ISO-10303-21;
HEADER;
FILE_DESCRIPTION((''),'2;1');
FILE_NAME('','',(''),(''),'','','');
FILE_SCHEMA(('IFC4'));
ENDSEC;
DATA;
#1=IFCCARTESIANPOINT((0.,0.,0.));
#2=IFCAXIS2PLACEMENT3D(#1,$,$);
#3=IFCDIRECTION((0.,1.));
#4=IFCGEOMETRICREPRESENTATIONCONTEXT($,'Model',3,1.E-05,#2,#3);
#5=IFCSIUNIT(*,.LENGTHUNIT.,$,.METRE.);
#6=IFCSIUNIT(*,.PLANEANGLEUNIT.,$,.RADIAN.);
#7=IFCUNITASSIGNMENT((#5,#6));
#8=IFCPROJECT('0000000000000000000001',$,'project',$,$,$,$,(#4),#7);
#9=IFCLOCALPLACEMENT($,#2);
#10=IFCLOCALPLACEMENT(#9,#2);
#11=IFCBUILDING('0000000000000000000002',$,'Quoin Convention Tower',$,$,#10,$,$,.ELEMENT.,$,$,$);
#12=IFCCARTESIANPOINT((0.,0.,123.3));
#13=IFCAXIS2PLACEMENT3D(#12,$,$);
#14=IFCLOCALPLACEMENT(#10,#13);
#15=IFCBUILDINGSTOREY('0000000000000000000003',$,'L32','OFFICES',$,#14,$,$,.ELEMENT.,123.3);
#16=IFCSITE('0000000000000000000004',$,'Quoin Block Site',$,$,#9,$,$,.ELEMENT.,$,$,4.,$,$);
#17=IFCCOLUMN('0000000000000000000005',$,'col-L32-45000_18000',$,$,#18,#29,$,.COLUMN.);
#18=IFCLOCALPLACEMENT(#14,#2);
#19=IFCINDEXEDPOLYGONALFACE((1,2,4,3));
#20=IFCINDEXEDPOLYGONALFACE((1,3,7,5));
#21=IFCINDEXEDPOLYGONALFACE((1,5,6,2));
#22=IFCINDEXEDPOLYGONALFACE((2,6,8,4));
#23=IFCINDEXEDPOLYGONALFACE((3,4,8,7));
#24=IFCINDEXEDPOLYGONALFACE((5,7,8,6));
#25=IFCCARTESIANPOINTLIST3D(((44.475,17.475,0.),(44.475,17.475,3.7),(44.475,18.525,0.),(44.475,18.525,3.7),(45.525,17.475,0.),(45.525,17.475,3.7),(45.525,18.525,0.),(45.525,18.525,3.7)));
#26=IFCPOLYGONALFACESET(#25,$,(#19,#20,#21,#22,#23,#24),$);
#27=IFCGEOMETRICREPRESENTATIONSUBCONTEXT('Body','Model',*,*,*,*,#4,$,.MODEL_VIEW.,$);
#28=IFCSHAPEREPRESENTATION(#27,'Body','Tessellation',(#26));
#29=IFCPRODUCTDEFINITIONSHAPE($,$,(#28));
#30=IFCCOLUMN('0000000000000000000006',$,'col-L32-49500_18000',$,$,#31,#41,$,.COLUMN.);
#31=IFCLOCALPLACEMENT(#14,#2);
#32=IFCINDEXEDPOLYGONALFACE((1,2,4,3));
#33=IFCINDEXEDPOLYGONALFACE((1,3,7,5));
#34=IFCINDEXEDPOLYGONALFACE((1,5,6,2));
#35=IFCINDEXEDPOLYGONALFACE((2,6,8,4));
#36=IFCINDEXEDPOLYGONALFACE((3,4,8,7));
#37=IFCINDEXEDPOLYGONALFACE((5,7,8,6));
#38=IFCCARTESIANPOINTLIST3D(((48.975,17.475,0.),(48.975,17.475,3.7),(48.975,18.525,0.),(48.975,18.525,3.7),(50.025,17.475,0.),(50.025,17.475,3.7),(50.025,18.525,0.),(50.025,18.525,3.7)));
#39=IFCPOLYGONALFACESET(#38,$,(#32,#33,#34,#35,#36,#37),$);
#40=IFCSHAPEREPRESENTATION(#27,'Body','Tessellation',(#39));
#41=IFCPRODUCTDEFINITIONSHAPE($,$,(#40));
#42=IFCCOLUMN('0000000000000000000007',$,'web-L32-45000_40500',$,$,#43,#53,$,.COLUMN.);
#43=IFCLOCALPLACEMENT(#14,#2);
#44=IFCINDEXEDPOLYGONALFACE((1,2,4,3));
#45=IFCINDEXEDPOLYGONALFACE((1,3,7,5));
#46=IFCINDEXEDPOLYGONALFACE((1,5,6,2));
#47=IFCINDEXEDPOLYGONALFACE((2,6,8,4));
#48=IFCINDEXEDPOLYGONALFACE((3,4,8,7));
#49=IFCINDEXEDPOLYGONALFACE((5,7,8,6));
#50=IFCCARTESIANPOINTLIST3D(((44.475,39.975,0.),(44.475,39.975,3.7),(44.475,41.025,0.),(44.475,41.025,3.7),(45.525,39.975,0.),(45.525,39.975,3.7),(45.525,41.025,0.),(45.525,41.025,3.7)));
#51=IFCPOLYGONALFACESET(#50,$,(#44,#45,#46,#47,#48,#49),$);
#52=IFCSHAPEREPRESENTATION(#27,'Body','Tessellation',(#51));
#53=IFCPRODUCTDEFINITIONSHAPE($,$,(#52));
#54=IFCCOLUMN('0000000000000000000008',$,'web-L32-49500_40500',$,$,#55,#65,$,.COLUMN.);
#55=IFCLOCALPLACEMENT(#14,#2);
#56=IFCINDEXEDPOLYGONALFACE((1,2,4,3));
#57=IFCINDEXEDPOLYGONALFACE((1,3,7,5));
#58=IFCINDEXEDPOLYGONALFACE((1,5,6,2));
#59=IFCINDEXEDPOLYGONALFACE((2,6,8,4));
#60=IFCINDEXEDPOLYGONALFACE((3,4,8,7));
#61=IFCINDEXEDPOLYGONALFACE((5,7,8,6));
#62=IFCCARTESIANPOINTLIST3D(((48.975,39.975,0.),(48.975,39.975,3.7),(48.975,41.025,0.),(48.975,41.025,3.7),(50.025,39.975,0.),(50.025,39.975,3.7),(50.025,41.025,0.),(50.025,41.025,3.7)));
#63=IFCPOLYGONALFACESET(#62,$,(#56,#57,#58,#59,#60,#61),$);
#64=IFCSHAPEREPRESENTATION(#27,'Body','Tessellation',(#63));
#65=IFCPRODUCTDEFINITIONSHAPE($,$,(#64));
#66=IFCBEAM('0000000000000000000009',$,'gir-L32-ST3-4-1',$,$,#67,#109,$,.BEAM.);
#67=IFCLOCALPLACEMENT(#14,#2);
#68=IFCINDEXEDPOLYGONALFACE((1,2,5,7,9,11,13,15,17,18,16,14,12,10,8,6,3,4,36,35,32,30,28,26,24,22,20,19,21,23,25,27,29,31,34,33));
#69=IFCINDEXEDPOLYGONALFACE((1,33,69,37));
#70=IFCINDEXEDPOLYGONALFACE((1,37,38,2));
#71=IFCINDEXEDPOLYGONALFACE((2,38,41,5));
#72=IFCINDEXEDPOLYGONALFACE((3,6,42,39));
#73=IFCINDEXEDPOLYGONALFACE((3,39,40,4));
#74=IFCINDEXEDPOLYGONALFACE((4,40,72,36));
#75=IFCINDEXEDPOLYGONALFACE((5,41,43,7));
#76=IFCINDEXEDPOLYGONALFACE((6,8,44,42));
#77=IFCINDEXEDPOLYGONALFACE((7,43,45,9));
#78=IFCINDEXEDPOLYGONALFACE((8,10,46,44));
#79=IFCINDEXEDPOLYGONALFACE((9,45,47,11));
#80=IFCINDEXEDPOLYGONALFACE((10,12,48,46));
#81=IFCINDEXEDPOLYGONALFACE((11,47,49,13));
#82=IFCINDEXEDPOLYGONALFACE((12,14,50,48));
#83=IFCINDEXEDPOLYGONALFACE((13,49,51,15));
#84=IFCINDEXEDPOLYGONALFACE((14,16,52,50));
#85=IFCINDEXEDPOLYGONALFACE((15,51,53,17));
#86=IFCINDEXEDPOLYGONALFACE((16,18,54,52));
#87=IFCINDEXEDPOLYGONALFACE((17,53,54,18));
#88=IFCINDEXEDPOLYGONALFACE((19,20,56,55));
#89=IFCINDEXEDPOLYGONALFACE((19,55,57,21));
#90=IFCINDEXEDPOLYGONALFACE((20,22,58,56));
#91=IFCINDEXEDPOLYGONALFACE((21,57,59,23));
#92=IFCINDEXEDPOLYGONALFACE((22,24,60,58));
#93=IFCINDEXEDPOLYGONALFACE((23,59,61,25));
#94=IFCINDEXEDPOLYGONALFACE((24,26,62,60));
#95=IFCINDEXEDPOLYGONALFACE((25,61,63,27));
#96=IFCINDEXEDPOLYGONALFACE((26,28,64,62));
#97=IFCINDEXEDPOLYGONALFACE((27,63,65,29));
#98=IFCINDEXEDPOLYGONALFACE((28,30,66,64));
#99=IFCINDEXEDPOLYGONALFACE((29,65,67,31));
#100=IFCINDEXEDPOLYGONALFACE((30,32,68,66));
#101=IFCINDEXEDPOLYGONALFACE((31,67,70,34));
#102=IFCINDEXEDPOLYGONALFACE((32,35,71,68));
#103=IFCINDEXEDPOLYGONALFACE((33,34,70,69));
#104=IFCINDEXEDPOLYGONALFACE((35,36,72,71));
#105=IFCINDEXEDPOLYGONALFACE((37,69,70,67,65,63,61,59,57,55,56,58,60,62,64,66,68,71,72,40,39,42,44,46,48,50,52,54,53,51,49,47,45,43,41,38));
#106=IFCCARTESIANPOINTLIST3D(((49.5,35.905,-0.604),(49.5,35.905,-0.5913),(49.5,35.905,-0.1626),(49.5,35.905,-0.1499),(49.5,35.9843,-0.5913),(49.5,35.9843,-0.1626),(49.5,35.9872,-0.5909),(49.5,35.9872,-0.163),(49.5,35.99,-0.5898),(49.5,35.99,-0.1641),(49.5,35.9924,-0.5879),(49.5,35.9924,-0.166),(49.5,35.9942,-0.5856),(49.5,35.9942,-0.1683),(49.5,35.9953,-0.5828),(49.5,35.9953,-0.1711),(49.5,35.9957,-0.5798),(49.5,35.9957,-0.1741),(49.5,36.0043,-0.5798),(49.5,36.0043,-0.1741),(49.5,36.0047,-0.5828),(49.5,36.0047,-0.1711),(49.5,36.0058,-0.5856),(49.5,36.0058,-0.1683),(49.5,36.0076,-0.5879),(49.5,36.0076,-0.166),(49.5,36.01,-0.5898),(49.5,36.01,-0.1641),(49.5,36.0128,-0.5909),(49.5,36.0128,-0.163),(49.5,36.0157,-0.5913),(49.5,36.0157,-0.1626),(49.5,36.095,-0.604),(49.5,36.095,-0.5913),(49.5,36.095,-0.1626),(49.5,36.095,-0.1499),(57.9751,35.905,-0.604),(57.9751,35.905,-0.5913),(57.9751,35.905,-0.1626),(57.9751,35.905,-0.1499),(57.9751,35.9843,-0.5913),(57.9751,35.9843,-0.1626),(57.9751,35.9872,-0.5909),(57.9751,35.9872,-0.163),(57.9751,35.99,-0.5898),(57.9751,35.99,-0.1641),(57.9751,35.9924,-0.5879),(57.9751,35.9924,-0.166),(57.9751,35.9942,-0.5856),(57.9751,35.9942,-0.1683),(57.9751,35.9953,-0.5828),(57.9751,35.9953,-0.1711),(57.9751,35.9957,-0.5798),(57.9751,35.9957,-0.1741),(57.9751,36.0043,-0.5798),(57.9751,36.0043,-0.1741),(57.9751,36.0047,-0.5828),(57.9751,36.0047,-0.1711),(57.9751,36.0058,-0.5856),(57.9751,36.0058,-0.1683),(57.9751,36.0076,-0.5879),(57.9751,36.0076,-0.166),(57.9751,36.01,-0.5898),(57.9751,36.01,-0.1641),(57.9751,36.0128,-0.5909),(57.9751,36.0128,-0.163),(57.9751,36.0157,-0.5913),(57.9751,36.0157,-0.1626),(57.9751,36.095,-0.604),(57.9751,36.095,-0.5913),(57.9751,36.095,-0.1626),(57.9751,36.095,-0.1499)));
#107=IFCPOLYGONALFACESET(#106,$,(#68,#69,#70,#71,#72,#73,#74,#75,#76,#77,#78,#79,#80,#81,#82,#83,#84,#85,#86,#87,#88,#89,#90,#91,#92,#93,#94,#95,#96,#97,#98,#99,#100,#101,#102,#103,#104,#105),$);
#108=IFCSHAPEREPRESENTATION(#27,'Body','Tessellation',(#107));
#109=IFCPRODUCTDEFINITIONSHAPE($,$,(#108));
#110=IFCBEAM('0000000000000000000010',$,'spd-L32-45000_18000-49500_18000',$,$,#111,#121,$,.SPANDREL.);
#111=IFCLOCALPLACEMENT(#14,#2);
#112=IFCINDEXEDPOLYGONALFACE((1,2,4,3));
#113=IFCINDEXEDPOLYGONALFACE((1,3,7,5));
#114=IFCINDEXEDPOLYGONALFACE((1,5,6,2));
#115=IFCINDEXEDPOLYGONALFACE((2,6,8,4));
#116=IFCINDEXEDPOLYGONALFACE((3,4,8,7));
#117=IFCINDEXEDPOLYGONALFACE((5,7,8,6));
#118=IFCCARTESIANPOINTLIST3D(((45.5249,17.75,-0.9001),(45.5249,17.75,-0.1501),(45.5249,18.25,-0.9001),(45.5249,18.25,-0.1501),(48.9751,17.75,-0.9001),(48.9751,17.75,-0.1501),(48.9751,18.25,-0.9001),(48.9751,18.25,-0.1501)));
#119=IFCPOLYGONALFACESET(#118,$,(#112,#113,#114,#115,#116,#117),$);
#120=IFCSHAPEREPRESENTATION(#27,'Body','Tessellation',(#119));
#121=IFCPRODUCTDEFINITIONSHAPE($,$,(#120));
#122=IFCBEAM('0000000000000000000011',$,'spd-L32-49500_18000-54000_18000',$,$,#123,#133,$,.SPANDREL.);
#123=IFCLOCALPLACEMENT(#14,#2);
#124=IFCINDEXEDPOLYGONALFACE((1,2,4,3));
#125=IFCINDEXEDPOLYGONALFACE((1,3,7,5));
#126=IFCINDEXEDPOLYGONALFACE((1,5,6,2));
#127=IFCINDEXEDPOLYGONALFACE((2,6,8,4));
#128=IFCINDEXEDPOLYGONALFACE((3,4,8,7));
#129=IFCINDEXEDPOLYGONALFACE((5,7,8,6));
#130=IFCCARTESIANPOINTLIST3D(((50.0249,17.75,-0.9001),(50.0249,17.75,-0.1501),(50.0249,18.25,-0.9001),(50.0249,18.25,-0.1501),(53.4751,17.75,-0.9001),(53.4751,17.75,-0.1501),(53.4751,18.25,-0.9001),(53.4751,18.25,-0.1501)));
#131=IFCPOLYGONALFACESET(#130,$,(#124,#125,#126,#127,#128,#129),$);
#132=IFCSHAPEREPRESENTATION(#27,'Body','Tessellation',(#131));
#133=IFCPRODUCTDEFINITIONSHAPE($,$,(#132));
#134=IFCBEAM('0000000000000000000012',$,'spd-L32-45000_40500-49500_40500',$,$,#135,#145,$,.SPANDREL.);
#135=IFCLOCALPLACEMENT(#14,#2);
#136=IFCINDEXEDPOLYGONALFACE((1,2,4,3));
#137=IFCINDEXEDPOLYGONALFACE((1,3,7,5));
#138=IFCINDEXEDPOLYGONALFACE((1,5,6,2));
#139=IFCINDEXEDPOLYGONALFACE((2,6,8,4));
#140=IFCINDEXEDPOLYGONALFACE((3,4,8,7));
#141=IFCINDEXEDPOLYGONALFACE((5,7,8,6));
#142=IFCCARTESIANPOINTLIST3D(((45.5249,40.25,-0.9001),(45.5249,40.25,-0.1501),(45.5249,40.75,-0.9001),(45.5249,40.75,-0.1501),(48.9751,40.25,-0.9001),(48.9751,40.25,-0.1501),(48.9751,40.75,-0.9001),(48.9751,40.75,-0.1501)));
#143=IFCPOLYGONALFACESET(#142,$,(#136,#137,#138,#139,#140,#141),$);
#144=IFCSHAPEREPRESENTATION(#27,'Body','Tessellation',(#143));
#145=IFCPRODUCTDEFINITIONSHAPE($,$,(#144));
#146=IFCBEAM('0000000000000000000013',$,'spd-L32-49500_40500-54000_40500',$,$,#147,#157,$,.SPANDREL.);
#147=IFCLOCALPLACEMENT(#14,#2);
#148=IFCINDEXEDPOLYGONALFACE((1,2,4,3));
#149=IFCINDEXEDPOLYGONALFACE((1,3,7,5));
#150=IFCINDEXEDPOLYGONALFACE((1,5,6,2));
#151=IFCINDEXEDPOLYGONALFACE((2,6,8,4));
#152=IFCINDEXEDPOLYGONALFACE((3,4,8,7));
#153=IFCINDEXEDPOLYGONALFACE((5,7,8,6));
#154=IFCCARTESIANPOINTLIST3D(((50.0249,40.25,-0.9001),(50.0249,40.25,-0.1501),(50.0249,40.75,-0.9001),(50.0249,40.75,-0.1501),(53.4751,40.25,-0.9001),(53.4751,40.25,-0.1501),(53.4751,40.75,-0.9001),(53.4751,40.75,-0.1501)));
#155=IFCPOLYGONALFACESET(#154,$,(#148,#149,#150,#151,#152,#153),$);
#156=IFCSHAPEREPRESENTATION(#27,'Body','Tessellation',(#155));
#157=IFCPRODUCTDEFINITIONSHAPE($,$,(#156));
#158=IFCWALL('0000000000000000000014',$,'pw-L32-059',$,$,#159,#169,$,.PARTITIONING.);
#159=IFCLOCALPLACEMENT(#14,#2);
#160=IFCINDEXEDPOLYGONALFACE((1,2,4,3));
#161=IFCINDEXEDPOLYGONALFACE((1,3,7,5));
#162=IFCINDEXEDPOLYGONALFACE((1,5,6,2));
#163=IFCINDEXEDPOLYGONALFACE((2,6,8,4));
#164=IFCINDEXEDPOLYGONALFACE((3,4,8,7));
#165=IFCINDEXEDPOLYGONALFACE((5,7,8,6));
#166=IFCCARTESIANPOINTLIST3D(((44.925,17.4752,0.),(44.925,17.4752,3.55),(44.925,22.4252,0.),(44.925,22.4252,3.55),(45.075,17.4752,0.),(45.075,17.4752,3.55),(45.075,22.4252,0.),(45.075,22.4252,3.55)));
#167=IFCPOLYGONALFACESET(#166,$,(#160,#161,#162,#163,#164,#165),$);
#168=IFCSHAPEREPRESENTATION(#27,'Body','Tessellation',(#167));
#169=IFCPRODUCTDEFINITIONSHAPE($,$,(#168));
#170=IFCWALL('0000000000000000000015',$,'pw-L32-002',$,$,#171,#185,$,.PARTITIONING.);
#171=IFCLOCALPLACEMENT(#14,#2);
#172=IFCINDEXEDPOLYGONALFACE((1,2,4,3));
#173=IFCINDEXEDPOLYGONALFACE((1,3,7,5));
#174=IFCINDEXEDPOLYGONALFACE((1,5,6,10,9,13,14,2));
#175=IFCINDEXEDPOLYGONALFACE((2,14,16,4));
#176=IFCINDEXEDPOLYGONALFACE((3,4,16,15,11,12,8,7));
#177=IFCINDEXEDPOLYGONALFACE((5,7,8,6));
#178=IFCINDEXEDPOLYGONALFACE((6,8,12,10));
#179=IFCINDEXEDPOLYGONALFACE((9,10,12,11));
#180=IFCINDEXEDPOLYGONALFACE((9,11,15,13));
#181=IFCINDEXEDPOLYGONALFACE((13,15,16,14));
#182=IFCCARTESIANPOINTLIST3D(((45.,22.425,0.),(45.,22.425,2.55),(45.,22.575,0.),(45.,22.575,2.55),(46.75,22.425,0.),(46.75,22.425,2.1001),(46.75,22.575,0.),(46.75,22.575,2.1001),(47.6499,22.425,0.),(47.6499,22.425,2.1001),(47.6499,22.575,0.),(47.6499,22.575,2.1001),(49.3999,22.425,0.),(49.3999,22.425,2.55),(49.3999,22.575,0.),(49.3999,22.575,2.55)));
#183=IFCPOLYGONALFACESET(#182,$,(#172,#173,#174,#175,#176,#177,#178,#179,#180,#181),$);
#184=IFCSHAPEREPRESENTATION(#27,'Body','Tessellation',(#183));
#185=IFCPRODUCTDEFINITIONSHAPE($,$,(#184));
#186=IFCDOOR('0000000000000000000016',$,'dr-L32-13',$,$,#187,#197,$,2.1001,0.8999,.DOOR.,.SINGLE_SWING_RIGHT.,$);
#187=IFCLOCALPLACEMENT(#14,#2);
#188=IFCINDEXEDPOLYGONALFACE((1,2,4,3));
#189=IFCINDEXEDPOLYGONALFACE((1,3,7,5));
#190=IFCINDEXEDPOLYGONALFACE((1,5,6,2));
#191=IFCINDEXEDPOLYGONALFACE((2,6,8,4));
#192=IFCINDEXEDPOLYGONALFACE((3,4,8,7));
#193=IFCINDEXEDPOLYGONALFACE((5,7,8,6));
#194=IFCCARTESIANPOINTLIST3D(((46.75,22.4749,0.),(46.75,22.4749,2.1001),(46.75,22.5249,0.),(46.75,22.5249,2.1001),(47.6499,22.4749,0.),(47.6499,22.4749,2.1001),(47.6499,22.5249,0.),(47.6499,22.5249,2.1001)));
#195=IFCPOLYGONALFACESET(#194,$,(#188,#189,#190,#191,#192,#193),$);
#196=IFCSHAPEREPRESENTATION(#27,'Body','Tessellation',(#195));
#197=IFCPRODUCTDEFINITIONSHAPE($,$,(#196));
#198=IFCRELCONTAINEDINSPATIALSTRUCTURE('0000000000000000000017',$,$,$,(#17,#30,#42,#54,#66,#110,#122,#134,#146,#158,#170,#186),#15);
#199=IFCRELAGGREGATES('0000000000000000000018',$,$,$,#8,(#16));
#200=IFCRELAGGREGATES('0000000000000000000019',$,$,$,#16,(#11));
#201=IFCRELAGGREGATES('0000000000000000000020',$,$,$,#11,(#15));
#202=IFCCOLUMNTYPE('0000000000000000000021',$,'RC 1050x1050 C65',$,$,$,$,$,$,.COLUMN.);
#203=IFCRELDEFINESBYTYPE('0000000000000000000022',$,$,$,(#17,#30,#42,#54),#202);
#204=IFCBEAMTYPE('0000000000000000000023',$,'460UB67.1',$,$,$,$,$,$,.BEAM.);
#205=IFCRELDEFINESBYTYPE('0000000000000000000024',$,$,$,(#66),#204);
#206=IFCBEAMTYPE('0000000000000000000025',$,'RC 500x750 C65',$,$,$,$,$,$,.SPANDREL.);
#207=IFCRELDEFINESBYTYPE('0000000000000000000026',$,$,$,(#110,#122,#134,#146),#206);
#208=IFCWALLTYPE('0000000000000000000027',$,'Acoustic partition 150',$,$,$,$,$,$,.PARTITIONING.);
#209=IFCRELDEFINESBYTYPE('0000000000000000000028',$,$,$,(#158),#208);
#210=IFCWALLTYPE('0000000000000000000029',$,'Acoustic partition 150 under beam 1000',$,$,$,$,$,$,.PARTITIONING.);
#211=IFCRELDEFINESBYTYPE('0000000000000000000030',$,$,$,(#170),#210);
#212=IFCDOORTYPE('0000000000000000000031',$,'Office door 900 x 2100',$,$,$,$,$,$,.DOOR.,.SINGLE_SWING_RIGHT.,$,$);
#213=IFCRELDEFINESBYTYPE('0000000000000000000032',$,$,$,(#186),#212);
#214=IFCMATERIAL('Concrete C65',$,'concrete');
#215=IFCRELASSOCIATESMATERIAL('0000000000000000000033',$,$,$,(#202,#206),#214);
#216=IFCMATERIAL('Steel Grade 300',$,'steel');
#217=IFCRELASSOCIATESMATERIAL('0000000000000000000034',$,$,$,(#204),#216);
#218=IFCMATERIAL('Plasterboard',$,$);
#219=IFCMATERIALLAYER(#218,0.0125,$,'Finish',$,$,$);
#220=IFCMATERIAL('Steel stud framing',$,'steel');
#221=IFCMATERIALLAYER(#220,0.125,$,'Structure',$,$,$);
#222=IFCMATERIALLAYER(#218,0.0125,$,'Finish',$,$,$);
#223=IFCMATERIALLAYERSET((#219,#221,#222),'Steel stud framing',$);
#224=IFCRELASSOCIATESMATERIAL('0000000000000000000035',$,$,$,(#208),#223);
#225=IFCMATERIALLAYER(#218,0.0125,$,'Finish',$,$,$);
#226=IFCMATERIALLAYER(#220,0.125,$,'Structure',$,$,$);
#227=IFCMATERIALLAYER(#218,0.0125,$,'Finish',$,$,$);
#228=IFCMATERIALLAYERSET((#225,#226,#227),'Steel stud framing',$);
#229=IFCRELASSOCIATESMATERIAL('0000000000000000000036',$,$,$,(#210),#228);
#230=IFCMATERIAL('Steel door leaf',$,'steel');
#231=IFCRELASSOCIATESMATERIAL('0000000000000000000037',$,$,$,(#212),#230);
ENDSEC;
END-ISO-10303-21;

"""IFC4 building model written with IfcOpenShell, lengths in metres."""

from ifc_helpers import new_model, si_unit, direction, frame, frame_2d, origin, origin_2d, place, context, subcontext, project, spatial, rectangle, i_section, extrude, material, layer, layer_set, material_profile, profile_set, type_object, element, fill, save


model = new_model("IFC4")

# Units and contexts
model_context = context("Model", 3, precision=1e-05, world=origin(), true_north=direction((0.0, 1.0)))
body_context = subcontext(model_context, "Body", "Model", "MODEL_VIEW")
ifc_project = project(units=[si_unit("LENGTHUNIT", "METRE"), si_unit("PLANEANGLEUNIT", "RADIAN")], contexts=[model_context])

# Site, building, storey
site_placement = place(None, origin())
site = spatial("IfcSite", under=ifc_project, at=site_placement, Name="Quoin Block Site", CompositionType="ELEMENT", RefElevation=4.0)
building_placement = place(site_placement, origin())
building = spatial("IfcBuilding", under=site, at=building_placement, Name="Quoin Convention Tower", CompositionType="ELEMENT")
storey_placement = place(building_placement, frame((0.0, 0.0, 123.3)))
storey = spatial("IfcBuildingStorey", under=building, at=storey_placement, Name="L32", Description="OFFICES", CompositionType="ELEMENT", Elevation=123.3)

# Columns
ifc_material_1 = material(Name="Concrete C65", Category="concrete")
ifc_material_profile_1 = material_profile(ifc_material_1, rectangle(XDim=1.05, YDim=1.05, at=origin_2d()), Name="RC 1050x1050")
ifc_profile_set_1 = profile_set([ifc_material_profile_1], Name="Concrete C65")
column_type = type_object("IfcColumnType", Name="RC 1050x1050 C65", PredefinedType="COLUMN", material=ifc_profile_set_1)
for number, where, z_axis, x_axis, name in (
    (1, (45.0, 18.0, 0.0), (0.0, 0.0, 1.0), (1.0, 0.0, 0.0), "col-L32-45000_18000"),
    (2, (49.5, 18.0, 0.0), (0.0, 0.0, 1.0), (1.0, 0.0, 0.0), "col-L32-49500_18000"),
    (3, (45.0, 40.5, 0.0), (0.0, 0.0, 1.0), (1.0, 0.0, 0.0), "web-L32-45000_40500"),
    (4, (49.5, 40.5, 0.0), (0.0, 0.0, 1.0), (1.0, 0.0, 0.0), "web-L32-49500_40500"),
):
    element("IfcColumn", number, at=place(storey_placement, frame(where, z_axis=z_axis, x_axis=x_axis)), inside=storey, type_object=column_type, Name=name, PredefinedType="COLUMN", context=body_context, shape_type="SweptSolid", body=[
        extrude(rectangle(XDim=1.05, YDim=1.05, at=origin_2d()), origin(), (0.0, 0.0, 1.0), 3.7),
    ])

# Beams
ifc_material_2 = material(Name="Steel Grade 300", Category="steel")
ifc_material_profile_2 = material_profile(ifc_material_2, i_section(OverallWidth=0.1899, OverallDepth=0.4541, WebThickness=0.0085, FlangeThickness=0.0127, FilletRadius=0.0115, at=origin_2d()), Name="460UB67.1")
ifc_profile_set_2 = profile_set([ifc_material_profile_2], Name="Steel Grade 300")
beam_type_1 = type_object("IfcBeamType", Name="460UB67.1", PredefinedType="BEAM", material=ifc_profile_set_2)
beam_placement = place(storey_placement, frame((49.5, 36.0, -0.377), z_axis=(1.0, 0.0, 0.0), x_axis=(0.0, 1.0, 0.0)))
element("IfcBeam", 5, at=beam_placement, inside=storey, type_object=beam_type_1, Name="gir-L32-ST3-4-1", PredefinedType="BEAM", context=body_context, shape_type="SweptSolid", body=[
    extrude(i_section(OverallWidth=0.1899, OverallDepth=0.4541, WebThickness=0.0085, FlangeThickness=0.0127, FilletRadius=0.0115, at=origin_2d()), origin(), (0.0, 0.0, 1.0), 8.4751),
])
ifc_material_profile_3 = material_profile(ifc_material_1, rectangle(XDim=0.5, YDim=0.75, at=origin_2d()), Name="RC 500x750")
ifc_profile_set_3 = profile_set([ifc_material_profile_3], Name="Concrete C65")
beam_type_2 = type_object("IfcBeamType", Name="RC 500x750 C65", PredefinedType="SPANDREL", material=ifc_profile_set_3)
for number, where, z_axis, x_axis, name in (
    (6, (45.5249, 18.0, -0.5251), (1.0, 0.0, 0.0), (0.0, 1.0, 0.0), "spd-L32-45000_18000-49500_18000"),
    (7, (50.0249, 18.0, -0.5251), (1.0, 0.0, 0.0), (0.0, 1.0, 0.0), "spd-L32-49500_18000-54000_18000"),
    (8, (45.5249, 40.5, -0.5251), (1.0, 0.0, 0.0), (0.0, 1.0, 0.0), "spd-L32-45000_40500-49500_40500"),
    (9, (50.0249, 40.5, -0.5251), (1.0, 0.0, 0.0), (0.0, 1.0, 0.0), "spd-L32-49500_40500-54000_40500"),
):
    element("IfcBeam", number, at=place(storey_placement, frame(where, z_axis=z_axis, x_axis=x_axis)), inside=storey, type_object=beam_type_2, Name=name, PredefinedType="SPANDREL", context=body_context, shape_type="SweptSolid", body=[
        extrude(rectangle(XDim=0.5, YDim=0.75, at=origin_2d()), origin(), (0.0, 0.0, 1.0), 3.4502),
    ])

# Wall
ifc_material_3 = material(Name="Plasterboard")
ifc_layer_1 = layer(ifc_material_3, 0.0125, Name="Finish")
ifc_material_4 = material(Name="Steel stud framing", Category="steel")
ifc_layer_2 = layer(ifc_material_4, 0.125, Name="Structure")
ifc_layer_3 = layer(ifc_material_3, 0.0125, Name="Finish")
ifc_layer_set_1 = layer_set([ifc_layer_1, ifc_layer_2, ifc_layer_3], Name="Steel stud framing")
wall_type_1 = type_object("IfcWallType", Name="Acoustic partition 150", PredefinedType="PARTITIONING", material=ifc_layer_set_1)
wall_1_placement = place(storey_placement, frame((45.0, 17.4751, 0.0), z_axis=(0.0, 0.0, 1.0), x_axis=(0.0, 1.0, 0.0)))
element("IfcWall", 10, at=wall_1_placement, inside=storey, type_object=wall_type_1, Name="pw-L32-059", PredefinedType="PARTITIONING", context=body_context, shape_type="SweptSolid", body=[
    extrude(rectangle(XDim=4.95, YDim=0.1499, at=frame_2d((2.4751, 0.0))), origin(), (0.0, 0.0, 1.0), 3.55),
])

# Wall, opening, door
ifc_layer_4 = layer(ifc_material_3, 0.0125, Name="Finish")
ifc_layer_5 = layer(ifc_material_4, 0.125, Name="Structure")
ifc_layer_6 = layer(ifc_material_3, 0.0125, Name="Finish")
ifc_layer_set_2 = layer_set([ifc_layer_4, ifc_layer_5, ifc_layer_6], Name="Steel stud framing")
wall_type_2 = type_object("IfcWallType", Name="Acoustic partition 150 under beam 1000", PredefinedType="PARTITIONING", material=ifc_layer_set_2)
wall_2_placement = place(storey_placement, frame((45.0, 22.5, 0.0), z_axis=(0.0, 0.0, 1.0), x_axis=(1.0, 0.0, 0.0)))
wall_2 = element("IfcWall", 11, at=wall_2_placement, inside=storey, type_object=wall_type_2, Name="pw-L32-002", PredefinedType="PARTITIONING", context=body_context, shape_type="SweptSolid", body=[
    extrude(rectangle(XDim=4.3999, YDim=0.1499, at=frame_2d((2.2, 0.0))), origin(), (0.0, 0.0, 1.0), 2.55),
])
opening_1_placement = place(wall_2_placement, frame((1.75, 0.0, 0.0)))
opening_1 = element("IfcOpeningElement", 12, at=opening_1_placement, cuts=wall_2, PredefinedType="OPENING", context=body_context, shape_type="SweptSolid", body=[
    extrude(rectangle(XDim=0.8999, YDim=2.1001, at=frame_2d((0.45, 1.05))), frame((0.0, 0.085, 0.0), z_axis=(0.0, -1.0, 0.0), x_axis=(1.0, 0.0, 0.0)), (0.0, 0.0, 1.0), 0.1699),
])
ifc_material_5 = material(Name="Steel door leaf", Category="steel")
door_type_1 = type_object("IfcDoorType", Name="Office door 900 x 2100", OperationType="SINGLE_SWING_RIGHT", PredefinedType="DOOR", material=ifc_material_5)
door_1_placement = place(opening_1_placement, origin())
door_1 = element("IfcDoor", 13, at=door_1_placement, inside=storey, type_object=door_type_1, Name="dr-L32-13", OperationType="SINGLE_SWING_RIGHT", OverallHeight=2.1001, OverallWidth=0.8999, PredefinedType="DOOR", context=body_context, shape_type="SweptSolid", body=[
    extrude(rectangle(XDim=0.8999, YDim=2.1001, at=frame_2d((0.45, 1.05))), frame((0.0, 0.0249, 0.0), z_axis=(0.0, -1.0, 0.0), x_axis=(1.0, 0.0, 0.0)), (0.0, 0.0, 1.0), 0.05),
])
fill(opening_1, door_1)

save(model, "model.ifc")
